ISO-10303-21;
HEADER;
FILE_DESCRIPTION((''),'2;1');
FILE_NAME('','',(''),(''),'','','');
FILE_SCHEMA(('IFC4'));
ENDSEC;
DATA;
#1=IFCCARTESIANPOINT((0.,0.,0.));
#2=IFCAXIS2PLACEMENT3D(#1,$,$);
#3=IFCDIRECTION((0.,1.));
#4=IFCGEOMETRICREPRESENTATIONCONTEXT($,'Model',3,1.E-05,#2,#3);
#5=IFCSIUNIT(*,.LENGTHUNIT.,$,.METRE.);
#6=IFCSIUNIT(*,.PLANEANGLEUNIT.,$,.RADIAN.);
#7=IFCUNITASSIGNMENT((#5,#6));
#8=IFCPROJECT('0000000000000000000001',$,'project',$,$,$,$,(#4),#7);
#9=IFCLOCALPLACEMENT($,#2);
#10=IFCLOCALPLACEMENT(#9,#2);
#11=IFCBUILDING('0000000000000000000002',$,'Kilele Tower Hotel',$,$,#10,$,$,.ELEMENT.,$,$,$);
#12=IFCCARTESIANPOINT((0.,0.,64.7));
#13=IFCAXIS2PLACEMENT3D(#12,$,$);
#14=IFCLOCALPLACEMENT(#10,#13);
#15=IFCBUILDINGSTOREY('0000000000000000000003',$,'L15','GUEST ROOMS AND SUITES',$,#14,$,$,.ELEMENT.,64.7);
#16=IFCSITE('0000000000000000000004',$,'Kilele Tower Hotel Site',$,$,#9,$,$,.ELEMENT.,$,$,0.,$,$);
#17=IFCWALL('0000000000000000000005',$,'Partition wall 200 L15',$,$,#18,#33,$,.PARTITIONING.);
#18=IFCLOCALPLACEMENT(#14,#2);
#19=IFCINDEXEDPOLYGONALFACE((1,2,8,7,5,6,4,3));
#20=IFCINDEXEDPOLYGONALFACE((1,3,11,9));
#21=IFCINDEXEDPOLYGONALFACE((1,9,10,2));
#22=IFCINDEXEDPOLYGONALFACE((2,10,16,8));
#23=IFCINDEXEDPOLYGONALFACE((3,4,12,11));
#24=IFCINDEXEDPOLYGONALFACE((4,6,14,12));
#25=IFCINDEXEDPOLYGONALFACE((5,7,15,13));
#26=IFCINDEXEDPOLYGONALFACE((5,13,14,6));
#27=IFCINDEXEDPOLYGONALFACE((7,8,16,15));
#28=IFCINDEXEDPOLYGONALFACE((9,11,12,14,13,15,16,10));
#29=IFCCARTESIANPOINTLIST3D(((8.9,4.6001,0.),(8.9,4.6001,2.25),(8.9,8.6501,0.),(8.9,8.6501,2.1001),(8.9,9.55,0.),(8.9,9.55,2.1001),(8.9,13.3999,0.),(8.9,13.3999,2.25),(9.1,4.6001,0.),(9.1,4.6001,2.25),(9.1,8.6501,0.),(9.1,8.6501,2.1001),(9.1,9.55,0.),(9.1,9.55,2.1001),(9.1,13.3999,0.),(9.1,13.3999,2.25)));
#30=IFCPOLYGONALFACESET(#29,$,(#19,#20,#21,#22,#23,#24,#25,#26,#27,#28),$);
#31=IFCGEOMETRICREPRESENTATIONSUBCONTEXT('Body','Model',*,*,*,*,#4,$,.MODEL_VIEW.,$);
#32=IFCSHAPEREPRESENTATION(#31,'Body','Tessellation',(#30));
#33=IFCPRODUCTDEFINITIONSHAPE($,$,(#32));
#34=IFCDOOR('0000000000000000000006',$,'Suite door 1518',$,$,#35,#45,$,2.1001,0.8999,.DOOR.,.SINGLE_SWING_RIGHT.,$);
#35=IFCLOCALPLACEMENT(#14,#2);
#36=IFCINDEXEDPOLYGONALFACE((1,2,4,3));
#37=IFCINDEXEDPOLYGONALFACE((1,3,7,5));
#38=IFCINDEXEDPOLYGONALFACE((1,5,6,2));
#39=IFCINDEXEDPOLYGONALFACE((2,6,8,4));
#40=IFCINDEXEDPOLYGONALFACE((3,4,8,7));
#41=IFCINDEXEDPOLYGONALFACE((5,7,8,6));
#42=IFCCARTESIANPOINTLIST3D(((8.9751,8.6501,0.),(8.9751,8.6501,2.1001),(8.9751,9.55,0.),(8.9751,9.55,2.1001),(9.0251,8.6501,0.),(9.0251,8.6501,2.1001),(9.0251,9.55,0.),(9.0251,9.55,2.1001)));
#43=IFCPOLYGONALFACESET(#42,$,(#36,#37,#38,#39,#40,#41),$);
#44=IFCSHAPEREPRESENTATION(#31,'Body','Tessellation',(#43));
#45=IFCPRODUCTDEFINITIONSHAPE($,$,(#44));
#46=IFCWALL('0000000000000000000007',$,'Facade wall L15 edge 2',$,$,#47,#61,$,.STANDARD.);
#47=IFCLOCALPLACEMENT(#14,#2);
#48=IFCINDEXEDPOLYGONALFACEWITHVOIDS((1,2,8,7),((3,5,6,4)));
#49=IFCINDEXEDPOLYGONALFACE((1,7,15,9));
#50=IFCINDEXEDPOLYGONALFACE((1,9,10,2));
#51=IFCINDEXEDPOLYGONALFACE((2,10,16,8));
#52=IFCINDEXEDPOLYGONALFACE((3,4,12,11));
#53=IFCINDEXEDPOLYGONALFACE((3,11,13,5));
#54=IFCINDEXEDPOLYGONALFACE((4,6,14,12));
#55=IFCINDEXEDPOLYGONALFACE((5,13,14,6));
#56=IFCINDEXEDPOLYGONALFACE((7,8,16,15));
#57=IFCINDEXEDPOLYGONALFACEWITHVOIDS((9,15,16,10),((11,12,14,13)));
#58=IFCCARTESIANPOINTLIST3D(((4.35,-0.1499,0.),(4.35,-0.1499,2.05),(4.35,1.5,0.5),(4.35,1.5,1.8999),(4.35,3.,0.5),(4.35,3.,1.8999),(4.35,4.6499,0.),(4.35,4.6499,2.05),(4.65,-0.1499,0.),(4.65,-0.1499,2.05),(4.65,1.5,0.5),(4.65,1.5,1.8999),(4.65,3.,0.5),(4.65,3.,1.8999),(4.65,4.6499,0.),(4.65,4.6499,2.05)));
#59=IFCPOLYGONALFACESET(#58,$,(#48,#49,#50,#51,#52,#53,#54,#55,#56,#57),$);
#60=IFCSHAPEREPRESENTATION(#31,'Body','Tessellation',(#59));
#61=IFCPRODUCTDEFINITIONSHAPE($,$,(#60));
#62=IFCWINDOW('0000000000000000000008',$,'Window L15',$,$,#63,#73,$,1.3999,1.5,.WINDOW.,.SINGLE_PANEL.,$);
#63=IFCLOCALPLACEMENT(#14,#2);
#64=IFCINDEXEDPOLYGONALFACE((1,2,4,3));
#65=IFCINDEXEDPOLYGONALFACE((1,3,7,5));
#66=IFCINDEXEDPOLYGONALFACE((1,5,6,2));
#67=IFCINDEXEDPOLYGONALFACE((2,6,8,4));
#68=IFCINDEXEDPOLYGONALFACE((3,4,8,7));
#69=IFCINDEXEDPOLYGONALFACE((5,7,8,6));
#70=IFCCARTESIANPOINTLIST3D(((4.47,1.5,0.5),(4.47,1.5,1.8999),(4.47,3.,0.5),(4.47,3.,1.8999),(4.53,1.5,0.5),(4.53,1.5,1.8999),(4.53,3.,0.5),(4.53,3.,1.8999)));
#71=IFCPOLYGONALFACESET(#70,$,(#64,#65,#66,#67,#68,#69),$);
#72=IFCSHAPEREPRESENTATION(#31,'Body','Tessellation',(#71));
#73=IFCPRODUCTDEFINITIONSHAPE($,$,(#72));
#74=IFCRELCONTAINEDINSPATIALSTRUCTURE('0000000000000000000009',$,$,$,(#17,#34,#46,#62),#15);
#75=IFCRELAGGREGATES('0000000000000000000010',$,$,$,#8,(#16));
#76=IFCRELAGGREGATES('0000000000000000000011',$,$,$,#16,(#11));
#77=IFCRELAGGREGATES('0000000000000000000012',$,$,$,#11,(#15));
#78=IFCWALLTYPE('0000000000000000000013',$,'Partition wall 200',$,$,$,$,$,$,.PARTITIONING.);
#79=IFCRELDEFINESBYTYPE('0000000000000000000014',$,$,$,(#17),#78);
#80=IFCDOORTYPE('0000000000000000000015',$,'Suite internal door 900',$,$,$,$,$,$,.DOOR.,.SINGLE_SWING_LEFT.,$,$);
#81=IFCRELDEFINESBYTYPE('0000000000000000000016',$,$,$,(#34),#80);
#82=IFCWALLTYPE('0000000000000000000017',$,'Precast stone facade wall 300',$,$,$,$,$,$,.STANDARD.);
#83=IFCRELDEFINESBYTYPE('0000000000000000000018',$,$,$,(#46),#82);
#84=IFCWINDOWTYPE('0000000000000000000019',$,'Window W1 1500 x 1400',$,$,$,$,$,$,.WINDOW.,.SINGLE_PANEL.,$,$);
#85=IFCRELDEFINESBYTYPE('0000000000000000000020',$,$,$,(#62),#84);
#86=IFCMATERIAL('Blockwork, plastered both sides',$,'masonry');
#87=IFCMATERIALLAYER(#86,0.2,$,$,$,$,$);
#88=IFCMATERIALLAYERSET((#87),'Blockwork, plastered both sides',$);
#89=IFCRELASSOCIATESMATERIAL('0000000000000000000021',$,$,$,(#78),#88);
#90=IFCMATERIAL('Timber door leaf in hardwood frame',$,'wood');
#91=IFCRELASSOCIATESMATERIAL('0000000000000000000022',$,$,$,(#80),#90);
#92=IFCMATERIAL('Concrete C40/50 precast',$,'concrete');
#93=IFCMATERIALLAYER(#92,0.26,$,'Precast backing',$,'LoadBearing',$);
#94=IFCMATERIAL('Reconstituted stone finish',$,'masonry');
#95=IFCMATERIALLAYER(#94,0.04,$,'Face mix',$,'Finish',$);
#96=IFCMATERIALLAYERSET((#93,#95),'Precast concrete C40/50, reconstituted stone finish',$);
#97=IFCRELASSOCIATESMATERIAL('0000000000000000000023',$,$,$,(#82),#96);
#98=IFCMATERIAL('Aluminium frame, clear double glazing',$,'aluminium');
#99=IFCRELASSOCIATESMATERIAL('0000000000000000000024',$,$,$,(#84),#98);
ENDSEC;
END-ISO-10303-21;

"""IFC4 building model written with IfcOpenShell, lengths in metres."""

from ifc_helpers import new_model, si_unit, direction, frame, frame_2d, origin, place, context, subcontext, project, spatial, rectangle, extrude, material, layer, layer_set, type_object, element, fill, save


model = new_model("IFC4")

# Units and contexts
model_context = context("Model", 3, precision=1e-05, world=origin(), true_north=direction((0.0, 1.0)))
body_context = subcontext(model_context, "Body", "Model", "MODEL_VIEW")
ifc_project = project(units=[si_unit("LENGTHUNIT", "METRE"), si_unit("PLANEANGLEUNIT", "RADIAN")], contexts=[model_context])

# Site, building, storey
site_placement = place(None, origin())
site = spatial("IfcSite", under=ifc_project, at=site_placement, Name="Kilele Tower Hotel Site", CompositionType="ELEMENT", RefElevation=0.0)
building_placement = place(site_placement, origin())
building = spatial("IfcBuilding", under=site, at=building_placement, Name="Kilele Tower Hotel", CompositionType="ELEMENT")
storey_placement = place(building_placement, frame((0.0, 0.0, 64.7)))
storey = spatial("IfcBuildingStorey", under=building, at=storey_placement, Name="L15", Description="GUEST ROOMS AND SUITES", CompositionType="ELEMENT", Elevation=64.7)

# Wall, opening, door
ifc_material_1 = material(Name="Blockwork, plastered both sides", Category="masonry")
ifc_layer_1 = layer(ifc_material_1, 0.2)
ifc_layer_set_1 = layer_set([ifc_layer_1], Name="Blockwork, plastered both sides")
wall_type_1 = type_object("IfcWallType", Name="Partition wall 200", PredefinedType="PARTITIONING", material=ifc_layer_set_1)
wall_1_placement = place(storey_placement, frame((9.0, 4.6001, 0.0), z_axis=(0.0, 0.0, 1.0), x_axis=(0.0, 1.0, 0.0)))
wall_1 = element("IfcWall", 1, at=wall_1_placement, inside=storey, type_object=wall_type_1, Name="Partition wall 200 L15", PredefinedType="PARTITIONING", context=body_context, shape_type="SweptSolid", body=[
    extrude(rectangle(XDim=8.7998, YDim=0.2, at=frame_2d((4.3999, 0.0))), origin(), (0.0, 0.0, 1.0), 2.25),
])
opening_1_placement = place(wall_1_placement, frame((4.05, 0.0, 0.0)))
opening_1 = element("IfcOpeningElement", 2, at=opening_1_placement, cuts=wall_1, PredefinedType="OPENING", context=body_context, shape_type="SweptSolid", body=[
    extrude(rectangle(XDim=0.8999, YDim=2.1001, at=frame_2d((0.45, 1.05))), frame((0.0, 0.1099, 0.0), z_axis=(0.0, -1.0, 0.0), x_axis=(1.0, 0.0, 0.0)), (0.0, 0.0, 1.0), 0.22),
])
ifc_material_2 = material(Name="Timber door leaf in hardwood frame", Category="wood")
door_type = type_object("IfcDoorType", Name="Suite internal door 900", OperationType="SINGLE_SWING_LEFT", PredefinedType="DOOR", material=ifc_material_2)
door_placement = place(opening_1_placement, origin())
door = element("IfcDoor", 3, at=door_placement, inside=storey, type_object=door_type, Name="Suite door 1518", OperationType="SINGLE_SWING_RIGHT", OverallHeight=2.1001, OverallWidth=0.8999, PredefinedType="DOOR", context=body_context, shape_type="SweptSolid", body=[
    extrude(rectangle(XDim=0.8999, YDim=2.1001, at=frame_2d((0.45, 1.05))), frame((0.0, 0.0249, 0.0), z_axis=(0.0, -1.0, 0.0), x_axis=(1.0, 0.0, 0.0)), (0.0, 0.0, 1.0), 0.05),
])
fill(opening_1, door)

# Wall, opening, window
ifc_material_3 = material(Name="Concrete C40/50 precast", Category="concrete")
ifc_layer_2 = layer(ifc_material_3, 0.26, Name="Precast backing", Category="LoadBearing")
ifc_material_4 = material(Name="Reconstituted stone finish", Category="masonry")
ifc_layer_3 = layer(ifc_material_4, 0.04, Name="Face mix", Category="Finish")
ifc_layer_set_2 = layer_set([ifc_layer_2, ifc_layer_3], Name="Precast concrete C40/50, reconstituted stone finish")
wall_type_2 = type_object("IfcWallType", Name="Precast stone facade wall 300", PredefinedType="STANDARD", material=ifc_layer_set_2)
wall_2_placement = place(storey_placement, frame((4.5, 4.6499, 0.0), z_axis=(0.0, 0.0, 1.0), x_axis=(0.0, -1.0, 0.0)))
wall_2 = element("IfcWall", 4, at=wall_2_placement, inside=storey, type_object=wall_type_2, Name="Facade wall L15 edge 2", PredefinedType="STANDARD", context=body_context, shape_type="SweptSolid", body=[
    extrude(rectangle(XDim=4.7998, YDim=0.3, at=frame_2d((2.3999, 0.0))), origin(), (0.0, 0.0, 1.0), 2.05),
])
opening_2_placement = place(wall_2_placement, frame((1.6499, 0.0, 0.5)))
opening_2 = element("IfcOpeningElement", 5, at=opening_2_placement, cuts=wall_2, PredefinedType="OPENING", context=body_context, shape_type="SweptSolid", body=[
    extrude(rectangle(XDim=1.5, YDim=1.3999, at=frame_2d((0.75, 0.7))), frame((0.0, 0.1599, 0.0), z_axis=(0.0, -1.0, 0.0), x_axis=(1.0, 0.0, 0.0)), (0.0, 0.0, 1.0), 0.3201),
])
ifc_material_5 = material(Name="Aluminium frame, clear double glazing", Category="aluminium")
window_type = type_object("IfcWindowType", Name="Window W1 1500 x 1400", PartitioningType="SINGLE_PANEL", PredefinedType="WINDOW", material=ifc_material_5)
window_placement = place(opening_2_placement, origin())
window = element("IfcWindow", 6, at=window_placement, inside=storey, type_object=window_type, Name="Window L15", OverallHeight=1.3999, OverallWidth=1.5, PartitioningType="SINGLE_PANEL", PredefinedType="WINDOW", context=body_context, shape_type="SweptSolid", body=[
    extrude(rectangle(XDim=1.5, YDim=1.3999, at=frame_2d((0.75, 0.7))), frame((0.0, 0.03, 0.0), z_axis=(0.0, -1.0, 0.0), x_axis=(1.0, 0.0, 0.0)), (0.0, 0.0, 1.0), 0.0601),
])
fill(opening_2, window)

save(model, "model.ifc")
